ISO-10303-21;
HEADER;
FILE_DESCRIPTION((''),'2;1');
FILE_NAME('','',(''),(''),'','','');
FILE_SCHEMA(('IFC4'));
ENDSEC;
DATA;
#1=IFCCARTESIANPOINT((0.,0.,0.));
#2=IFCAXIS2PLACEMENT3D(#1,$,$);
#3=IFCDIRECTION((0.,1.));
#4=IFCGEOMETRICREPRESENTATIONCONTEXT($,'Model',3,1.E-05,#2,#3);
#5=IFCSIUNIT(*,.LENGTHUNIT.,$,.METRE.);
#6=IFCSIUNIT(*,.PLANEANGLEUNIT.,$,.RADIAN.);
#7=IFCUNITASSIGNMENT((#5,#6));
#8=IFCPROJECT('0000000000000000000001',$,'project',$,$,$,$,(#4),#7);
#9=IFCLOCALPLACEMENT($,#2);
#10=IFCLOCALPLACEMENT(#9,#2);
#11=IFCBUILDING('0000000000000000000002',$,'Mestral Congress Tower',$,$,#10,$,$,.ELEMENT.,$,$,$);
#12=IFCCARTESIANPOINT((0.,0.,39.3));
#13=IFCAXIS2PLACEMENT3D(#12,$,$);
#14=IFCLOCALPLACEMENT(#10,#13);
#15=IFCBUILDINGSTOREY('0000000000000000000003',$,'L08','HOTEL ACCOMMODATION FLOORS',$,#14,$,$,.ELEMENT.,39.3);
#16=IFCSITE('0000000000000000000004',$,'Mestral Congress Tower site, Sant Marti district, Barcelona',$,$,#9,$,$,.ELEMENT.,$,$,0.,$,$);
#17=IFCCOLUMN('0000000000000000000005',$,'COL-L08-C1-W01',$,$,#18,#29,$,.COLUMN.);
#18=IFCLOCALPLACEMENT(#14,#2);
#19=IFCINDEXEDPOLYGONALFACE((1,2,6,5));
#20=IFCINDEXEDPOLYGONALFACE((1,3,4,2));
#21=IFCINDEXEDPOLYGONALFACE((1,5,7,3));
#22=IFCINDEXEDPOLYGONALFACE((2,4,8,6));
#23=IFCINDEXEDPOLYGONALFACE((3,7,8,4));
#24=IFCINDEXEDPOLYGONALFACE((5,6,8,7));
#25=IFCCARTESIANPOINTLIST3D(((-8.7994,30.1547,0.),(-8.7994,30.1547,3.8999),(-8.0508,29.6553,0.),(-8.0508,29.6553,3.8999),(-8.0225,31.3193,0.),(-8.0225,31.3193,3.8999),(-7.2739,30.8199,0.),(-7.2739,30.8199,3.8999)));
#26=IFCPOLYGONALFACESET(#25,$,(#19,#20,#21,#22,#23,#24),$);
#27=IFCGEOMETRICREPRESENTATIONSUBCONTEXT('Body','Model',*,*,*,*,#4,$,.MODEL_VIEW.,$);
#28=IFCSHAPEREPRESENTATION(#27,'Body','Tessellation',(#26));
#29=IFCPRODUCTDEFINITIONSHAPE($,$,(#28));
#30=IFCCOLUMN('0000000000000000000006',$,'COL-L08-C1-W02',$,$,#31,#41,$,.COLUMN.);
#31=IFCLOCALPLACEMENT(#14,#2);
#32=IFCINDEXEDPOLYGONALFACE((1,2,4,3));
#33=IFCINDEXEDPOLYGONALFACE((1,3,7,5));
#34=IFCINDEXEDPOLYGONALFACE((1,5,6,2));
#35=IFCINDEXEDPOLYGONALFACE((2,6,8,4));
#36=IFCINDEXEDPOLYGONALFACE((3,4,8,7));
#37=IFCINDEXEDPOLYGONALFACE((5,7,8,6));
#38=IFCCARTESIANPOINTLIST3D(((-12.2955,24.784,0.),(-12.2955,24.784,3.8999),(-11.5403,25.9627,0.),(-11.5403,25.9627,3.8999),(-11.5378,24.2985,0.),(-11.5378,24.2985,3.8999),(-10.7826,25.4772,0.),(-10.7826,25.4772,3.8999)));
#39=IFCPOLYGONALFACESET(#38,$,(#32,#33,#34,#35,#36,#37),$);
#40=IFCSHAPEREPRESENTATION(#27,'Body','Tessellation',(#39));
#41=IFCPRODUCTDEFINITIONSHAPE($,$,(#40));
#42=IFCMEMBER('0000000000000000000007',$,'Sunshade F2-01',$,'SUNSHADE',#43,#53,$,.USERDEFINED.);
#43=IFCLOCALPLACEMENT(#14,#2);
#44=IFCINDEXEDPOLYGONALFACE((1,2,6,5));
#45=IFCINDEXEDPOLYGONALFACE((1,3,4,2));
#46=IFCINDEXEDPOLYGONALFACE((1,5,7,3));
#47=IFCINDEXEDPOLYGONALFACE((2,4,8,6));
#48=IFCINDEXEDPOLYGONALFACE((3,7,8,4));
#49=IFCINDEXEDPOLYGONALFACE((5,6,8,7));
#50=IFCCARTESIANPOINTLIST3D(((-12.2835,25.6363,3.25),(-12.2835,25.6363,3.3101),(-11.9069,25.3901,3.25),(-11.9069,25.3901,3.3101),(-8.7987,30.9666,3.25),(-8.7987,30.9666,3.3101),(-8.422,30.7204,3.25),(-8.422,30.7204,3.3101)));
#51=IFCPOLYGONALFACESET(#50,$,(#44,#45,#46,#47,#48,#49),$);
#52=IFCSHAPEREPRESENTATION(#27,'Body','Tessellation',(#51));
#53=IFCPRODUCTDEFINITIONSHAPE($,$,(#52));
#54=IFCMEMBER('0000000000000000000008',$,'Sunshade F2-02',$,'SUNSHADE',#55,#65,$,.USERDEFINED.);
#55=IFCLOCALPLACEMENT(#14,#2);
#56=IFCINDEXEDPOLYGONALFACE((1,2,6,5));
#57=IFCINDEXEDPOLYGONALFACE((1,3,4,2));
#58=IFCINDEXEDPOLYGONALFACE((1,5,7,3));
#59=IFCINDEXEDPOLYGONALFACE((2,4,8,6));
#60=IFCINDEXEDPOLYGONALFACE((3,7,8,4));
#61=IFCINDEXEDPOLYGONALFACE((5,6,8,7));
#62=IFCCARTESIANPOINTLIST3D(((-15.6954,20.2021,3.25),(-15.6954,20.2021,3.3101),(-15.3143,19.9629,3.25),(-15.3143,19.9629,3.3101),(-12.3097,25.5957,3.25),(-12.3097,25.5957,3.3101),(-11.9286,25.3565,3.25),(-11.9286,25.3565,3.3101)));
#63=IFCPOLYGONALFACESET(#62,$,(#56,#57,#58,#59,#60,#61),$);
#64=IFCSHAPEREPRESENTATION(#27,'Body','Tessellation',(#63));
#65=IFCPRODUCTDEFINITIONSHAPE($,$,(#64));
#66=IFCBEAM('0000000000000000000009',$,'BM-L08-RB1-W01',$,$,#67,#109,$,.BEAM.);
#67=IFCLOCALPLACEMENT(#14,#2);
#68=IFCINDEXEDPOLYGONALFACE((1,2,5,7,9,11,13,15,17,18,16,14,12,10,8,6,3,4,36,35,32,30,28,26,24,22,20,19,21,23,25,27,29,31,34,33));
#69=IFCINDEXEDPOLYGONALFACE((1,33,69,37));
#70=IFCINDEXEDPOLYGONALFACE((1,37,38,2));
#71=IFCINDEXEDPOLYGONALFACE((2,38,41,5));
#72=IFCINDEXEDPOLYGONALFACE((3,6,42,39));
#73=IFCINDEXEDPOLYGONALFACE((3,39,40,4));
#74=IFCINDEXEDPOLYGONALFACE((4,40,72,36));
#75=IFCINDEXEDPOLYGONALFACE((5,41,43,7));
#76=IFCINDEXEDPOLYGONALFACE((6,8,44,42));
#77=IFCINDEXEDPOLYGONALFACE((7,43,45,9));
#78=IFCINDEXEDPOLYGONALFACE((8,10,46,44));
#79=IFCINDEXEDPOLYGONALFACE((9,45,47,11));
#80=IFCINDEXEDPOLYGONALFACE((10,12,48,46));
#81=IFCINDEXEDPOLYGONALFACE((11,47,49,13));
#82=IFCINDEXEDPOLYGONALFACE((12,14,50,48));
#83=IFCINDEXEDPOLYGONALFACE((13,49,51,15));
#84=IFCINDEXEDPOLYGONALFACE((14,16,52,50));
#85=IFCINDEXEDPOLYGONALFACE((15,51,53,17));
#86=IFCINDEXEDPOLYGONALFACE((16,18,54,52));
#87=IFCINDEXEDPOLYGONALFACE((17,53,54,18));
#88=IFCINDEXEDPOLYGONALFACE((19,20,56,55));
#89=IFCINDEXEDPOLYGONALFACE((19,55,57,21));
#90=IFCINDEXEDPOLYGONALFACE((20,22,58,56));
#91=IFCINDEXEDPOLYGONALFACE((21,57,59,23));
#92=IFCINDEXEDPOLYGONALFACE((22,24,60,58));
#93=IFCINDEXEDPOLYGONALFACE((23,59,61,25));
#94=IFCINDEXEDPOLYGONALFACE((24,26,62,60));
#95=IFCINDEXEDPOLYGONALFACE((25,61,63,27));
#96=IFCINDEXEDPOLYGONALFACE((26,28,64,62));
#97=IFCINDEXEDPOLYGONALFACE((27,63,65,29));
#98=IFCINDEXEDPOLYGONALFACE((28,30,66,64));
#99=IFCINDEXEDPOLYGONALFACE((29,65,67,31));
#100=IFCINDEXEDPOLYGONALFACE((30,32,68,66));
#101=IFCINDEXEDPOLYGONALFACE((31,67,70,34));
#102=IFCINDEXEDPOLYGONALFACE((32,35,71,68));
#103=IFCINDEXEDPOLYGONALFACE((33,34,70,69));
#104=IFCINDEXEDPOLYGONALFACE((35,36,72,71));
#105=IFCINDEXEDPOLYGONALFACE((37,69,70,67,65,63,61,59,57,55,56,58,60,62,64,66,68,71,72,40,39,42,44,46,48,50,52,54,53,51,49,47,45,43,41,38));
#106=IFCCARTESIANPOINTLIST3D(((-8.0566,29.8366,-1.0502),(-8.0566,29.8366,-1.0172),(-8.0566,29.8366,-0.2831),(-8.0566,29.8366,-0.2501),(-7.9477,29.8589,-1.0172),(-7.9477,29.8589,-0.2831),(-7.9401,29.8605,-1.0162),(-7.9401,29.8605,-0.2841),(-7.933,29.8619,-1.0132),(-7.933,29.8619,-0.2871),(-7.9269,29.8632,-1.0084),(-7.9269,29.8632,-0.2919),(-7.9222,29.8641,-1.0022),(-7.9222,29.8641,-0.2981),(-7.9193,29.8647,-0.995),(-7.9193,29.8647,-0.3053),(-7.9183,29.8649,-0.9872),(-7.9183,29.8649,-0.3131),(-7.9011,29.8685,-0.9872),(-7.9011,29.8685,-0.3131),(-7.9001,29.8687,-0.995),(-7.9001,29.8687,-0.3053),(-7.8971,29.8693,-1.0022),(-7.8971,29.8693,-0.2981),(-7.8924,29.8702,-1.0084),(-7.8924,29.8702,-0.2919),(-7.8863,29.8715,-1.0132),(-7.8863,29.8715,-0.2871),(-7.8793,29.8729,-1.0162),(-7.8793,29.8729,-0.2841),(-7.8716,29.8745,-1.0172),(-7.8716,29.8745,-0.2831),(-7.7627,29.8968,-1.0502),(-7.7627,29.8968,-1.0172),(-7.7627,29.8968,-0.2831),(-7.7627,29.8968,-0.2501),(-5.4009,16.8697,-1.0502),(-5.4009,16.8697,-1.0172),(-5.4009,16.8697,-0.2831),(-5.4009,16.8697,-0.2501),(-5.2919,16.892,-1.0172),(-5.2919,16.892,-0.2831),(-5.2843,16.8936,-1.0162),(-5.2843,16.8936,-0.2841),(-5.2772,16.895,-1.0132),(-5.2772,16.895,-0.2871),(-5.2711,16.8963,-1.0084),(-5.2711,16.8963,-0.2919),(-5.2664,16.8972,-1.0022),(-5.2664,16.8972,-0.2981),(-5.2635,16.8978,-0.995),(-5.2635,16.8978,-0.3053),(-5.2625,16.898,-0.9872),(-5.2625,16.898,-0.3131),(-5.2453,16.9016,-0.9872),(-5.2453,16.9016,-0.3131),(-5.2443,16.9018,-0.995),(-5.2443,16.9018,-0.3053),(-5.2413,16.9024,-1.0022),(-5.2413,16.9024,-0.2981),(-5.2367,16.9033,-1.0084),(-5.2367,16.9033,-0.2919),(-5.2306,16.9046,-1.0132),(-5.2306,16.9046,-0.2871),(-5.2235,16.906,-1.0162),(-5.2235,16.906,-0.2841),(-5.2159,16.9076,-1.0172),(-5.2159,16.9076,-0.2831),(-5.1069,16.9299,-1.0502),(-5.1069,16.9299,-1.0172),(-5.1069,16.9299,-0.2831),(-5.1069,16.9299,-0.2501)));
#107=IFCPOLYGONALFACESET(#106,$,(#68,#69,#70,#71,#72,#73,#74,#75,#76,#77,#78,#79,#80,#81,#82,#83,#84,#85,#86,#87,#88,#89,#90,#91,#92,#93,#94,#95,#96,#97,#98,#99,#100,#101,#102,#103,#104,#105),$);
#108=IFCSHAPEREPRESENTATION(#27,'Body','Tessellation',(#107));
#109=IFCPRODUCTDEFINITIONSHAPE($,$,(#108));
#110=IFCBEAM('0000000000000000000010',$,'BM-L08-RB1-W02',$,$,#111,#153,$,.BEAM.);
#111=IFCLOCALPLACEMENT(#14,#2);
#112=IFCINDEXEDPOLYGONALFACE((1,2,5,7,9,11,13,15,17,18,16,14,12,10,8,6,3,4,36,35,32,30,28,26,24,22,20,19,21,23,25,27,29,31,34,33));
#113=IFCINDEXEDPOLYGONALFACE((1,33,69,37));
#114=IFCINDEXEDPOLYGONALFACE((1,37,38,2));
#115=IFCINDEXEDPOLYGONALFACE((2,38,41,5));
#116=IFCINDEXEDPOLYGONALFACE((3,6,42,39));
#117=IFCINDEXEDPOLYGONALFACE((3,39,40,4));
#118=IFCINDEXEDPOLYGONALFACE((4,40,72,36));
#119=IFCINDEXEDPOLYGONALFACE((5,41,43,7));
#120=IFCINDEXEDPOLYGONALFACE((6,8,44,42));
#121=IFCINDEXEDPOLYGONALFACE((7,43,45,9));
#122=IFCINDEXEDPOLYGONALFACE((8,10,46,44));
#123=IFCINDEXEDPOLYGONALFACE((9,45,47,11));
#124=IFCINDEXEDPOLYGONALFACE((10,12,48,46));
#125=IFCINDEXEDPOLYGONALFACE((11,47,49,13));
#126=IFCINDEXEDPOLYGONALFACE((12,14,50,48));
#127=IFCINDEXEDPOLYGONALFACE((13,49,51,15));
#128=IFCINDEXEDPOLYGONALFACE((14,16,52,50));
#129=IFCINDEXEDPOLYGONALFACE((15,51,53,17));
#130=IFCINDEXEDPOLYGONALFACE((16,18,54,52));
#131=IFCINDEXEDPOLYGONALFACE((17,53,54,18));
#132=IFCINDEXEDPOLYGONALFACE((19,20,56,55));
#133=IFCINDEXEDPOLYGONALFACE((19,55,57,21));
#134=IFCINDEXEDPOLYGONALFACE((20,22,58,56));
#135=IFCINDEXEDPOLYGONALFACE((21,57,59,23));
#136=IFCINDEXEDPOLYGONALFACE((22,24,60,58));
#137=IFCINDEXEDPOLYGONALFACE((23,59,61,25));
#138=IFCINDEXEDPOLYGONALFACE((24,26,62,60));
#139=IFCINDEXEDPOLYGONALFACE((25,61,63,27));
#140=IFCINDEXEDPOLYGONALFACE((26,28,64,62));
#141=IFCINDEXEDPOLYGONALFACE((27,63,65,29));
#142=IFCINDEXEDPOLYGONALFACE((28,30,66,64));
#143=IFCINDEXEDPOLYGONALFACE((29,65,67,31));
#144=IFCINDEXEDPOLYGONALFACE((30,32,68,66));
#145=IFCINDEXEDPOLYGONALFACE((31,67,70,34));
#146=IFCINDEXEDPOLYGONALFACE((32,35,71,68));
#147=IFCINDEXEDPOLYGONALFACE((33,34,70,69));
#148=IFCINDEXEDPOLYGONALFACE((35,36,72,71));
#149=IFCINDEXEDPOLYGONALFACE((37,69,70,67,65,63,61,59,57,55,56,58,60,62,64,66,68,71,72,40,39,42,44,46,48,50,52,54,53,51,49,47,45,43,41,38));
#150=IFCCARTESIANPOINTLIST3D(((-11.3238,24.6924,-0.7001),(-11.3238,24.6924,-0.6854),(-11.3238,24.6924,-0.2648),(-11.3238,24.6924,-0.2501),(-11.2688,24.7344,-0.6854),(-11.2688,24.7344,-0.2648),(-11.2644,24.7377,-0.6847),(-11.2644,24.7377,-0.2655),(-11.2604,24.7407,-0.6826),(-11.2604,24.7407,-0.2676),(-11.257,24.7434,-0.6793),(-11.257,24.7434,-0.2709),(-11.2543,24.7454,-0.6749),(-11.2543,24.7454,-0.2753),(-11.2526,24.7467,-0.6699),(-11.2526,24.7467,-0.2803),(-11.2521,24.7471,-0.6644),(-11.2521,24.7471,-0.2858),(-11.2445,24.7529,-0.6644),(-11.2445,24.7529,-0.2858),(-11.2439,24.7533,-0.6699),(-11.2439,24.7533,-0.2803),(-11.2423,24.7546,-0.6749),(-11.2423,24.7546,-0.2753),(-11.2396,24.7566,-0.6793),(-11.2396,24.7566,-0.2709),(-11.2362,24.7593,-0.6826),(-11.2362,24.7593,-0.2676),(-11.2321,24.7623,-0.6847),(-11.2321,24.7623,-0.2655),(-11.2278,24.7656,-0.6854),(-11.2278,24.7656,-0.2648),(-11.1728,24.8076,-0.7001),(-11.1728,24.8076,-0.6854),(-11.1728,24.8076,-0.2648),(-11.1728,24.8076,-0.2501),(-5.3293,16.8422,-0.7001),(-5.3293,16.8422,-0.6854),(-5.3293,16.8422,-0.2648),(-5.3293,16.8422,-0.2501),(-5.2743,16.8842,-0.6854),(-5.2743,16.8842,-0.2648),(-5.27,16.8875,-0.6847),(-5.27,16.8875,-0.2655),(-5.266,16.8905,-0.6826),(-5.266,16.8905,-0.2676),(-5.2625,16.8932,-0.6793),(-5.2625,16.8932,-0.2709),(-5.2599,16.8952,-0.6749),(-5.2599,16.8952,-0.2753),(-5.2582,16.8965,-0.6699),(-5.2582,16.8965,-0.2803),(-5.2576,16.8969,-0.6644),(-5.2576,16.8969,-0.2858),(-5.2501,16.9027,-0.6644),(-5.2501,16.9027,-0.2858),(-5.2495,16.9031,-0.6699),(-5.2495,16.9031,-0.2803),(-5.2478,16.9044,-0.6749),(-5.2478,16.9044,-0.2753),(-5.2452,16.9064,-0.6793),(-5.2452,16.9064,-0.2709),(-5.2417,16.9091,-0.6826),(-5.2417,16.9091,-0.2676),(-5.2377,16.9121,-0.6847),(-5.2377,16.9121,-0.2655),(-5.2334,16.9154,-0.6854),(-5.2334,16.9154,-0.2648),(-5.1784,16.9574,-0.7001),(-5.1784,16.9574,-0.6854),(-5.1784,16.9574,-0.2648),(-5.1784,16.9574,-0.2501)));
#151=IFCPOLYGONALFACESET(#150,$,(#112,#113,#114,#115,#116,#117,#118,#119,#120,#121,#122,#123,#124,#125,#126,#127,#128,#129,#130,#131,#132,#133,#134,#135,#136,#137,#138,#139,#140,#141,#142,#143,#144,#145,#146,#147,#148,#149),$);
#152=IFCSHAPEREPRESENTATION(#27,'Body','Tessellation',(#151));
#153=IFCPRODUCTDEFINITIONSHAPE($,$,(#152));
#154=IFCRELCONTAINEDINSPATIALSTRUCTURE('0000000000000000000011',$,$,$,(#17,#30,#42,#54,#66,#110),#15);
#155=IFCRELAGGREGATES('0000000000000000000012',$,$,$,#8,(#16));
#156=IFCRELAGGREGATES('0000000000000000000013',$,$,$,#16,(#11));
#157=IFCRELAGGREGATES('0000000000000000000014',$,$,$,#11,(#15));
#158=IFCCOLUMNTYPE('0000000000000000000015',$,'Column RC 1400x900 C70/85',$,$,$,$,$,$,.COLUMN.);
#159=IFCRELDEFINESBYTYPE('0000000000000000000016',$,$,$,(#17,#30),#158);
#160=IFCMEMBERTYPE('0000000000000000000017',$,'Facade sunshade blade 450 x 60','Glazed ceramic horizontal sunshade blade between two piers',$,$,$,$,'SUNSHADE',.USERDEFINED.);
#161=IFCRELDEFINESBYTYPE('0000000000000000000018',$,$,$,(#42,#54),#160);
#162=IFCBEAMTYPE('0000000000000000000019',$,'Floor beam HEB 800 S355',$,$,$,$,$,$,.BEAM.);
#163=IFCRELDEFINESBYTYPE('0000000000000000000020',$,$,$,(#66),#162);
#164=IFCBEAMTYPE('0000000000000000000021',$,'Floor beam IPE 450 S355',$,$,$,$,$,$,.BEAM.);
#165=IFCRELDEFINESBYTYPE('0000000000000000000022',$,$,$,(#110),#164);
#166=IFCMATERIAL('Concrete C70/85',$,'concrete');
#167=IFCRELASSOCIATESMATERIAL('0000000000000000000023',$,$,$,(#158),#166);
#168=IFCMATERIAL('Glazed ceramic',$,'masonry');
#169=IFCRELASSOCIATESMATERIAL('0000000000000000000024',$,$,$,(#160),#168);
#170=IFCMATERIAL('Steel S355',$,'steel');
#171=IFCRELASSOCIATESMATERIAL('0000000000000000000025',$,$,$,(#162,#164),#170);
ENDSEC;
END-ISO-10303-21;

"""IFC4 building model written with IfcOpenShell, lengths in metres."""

from ifc_helpers import new_model, si_unit, direction, frame, origin, origin_2d, place, context, subcontext, project, spatial, rectangle, i_section, extrude, material, material_profile, profile_set, type_object, element, save


model = new_model("IFC4")

# Units and contexts
model_context = context("Model", 3, precision=1e-05, world=origin(), true_north=direction((0.0, 1.0)))
body_context = subcontext(model_context, "Body", "Model", "MODEL_VIEW")
ifc_project = project(units=[si_unit("LENGTHUNIT", "METRE"), si_unit("PLANEANGLEUNIT", "RADIAN")], contexts=[model_context])

# Site, building, storey
site_placement = place(None, origin())
site = spatial("IfcSite", under=ifc_project, at=site_placement, Name="Mestral Congress Tower site, Sant Marti district, Barcelona", CompositionType="ELEMENT", RefElevation=0.0)
building_placement = place(site_placement, origin())
building = spatial("IfcBuilding", under=site, at=building_placement, Name="Mestral Congress Tower", CompositionType="ELEMENT")
storey_placement = place(building_placement, frame((0.0, 0.0, 39.3)))
storey = spatial("IfcBuildingStorey", under=building, at=storey_placement, Name="L08", Description="HOTEL ACCOMMODATION FLOORS", CompositionType="ELEMENT", Elevation=39.3)

# Columns
ifc_material_1 = material(Name="Concrete C70/85", Category="concrete")
ifc_material_profile_1 = material_profile(ifc_material_1, rectangle(XDim=1.3999, YDim=0.8999, at=origin_2d()), Name="RC 1400x900")
ifc_profile_set_1 = profile_set([ifc_material_profile_1], Name="Concrete C70/85")
column_type = type_object("IfcColumnType", Name="Column RC 1400x900 C70/85", PredefinedType="COLUMN", material=ifc_profile_set_1)
for number, where, z_axis, x_axis, name in (
    (1, (-8.0366, 30.4873, 0.0), (0.0, 0.0, 1.0), (-0.554949, -0.831884, 0.0), "COL-L08-C1-W01"),
    (2, (-11.5391, 25.1306, 0.0), (0.0, 0.0, 1.0), (-0.539476, -0.842001, 0.0), "COL-L08-C1-W02"),
):
    element("IfcColumn", number, at=place(storey_placement, frame(where, z_axis=z_axis, x_axis=x_axis)), inside=storey, type_object=column_type, Name=name, PredefinedType="COLUMN", context=body_context, shape_type="SweptSolid", body=[
        extrude(rectangle(XDim=1.3999, YDim=0.8999, at=origin_2d()), origin(), (0.0, 0.0, 1.0), 3.8999),
    ])

# Members
ifc_material_2 = material(Name="Glazed ceramic", Category="masonry")
ifc_material_profile_2 = material_profile(ifc_material_2, rectangle(XDim=0.45, YDim=0.0601, at=origin_2d()), Name="Ceramic blade 450 x 60")
ifc_profile_set_2 = profile_set([ifc_material_profile_2], Name="Glazed ceramic")
member_type = type_object("IfcMemberType", Name="Facade sunshade blade 450 x 60", Description="Glazed ceramic horizontal sunshade blade between two piers", ElementType="SUNSHADE", PredefinedType="USERDEFINED", material=ifc_profile_set_2)
member_1_placement = place(storey_placement, frame((-8.6104, 30.8435, 3.28), z_axis=(-0.547211, -0.836995, 0.0), x_axis=(0.836995, -0.547211, 0.0)))
element("IfcMember", 3, at=member_1_placement, inside=storey, type_object=member_type, Name="Sunshade F2-01", ObjectType="SUNSHADE", PredefinedType="USERDEFINED", context=body_context, shape_type="SweptSolid", body=[
    extrude(rectangle(XDim=0.45, YDim=0.0601, at=origin_2d()), origin(), (0.0, 0.0, 1.0), 6.3684),
])
member_2_placement = place(storey_placement, frame((-12.1191, 25.4761, 3.28), z_axis=(-0.531666, -0.846954, 0.0), x_axis=(0.846954, -0.531666, 0.0)))
element("IfcMember", 4, at=member_2_placement, inside=storey, type_object=member_type, Name="Sunshade F2-02", ObjectType="SUNSHADE", PredefinedType="USERDEFINED", context=body_context, shape_type="SweptSolid", body=[
    extrude(rectangle(XDim=0.45, YDim=0.0601, at=origin_2d()), origin(), (0.0, 0.0, 1.0), 6.3682),
])

# Beams
ifc_material_3 = material(Name="Steel S355", Category="steel")
ifc_material_profile_3 = material_profile(ifc_material_3, i_section(OverallWidth=0.3, OverallDepth=0.8, WebThickness=0.0176, FlangeThickness=0.033, FilletRadius=0.03, at=origin_2d()), Name="HEB 800")
ifc_profile_set_3 = profile_set([ifc_material_profile_3], Name="Steel S355")
beam_type_1 = type_object("IfcBeamType", Name="Floor beam HEB 800 S355", PredefinedType="BEAM", material=ifc_profile_set_3)
beam_1_placement = place(storey_placement, frame((-7.9097, 29.8667, -0.6501), z_axis=(0.200647, -0.979664, 0.0), x_axis=(0.979664, 0.200647, 0.0)))
element("IfcBeam", 5, at=beam_1_placement, inside=storey, type_object=beam_type_1, Name="BM-L08-RB1-W01", PredefinedType="BEAM", context=body_context, shape_type="SweptSolid", body=[
    extrude(i_section(OverallWidth=0.3, OverallDepth=0.8, WebThickness=0.0176, FlangeThickness=0.033, FilletRadius=0.03, at=origin_2d()), origin(), (0.0, 0.0, 1.0), 13.2361),
])
ifc_material_profile_4 = material_profile(ifc_material_3, i_section(OverallWidth=0.1899, OverallDepth=0.45, WebThickness=0.0095, FlangeThickness=0.0146, FilletRadius=0.021, at=origin_2d()), Name="IPE 450")
ifc_profile_set_4 = profile_set([ifc_material_profile_4], Name="Steel S355")
beam_type_2 = type_object("IfcBeamType", Name="Floor beam IPE 450 S355", PredefinedType="BEAM", material=ifc_profile_set_4)
beam_2_placement = place(storey_placement, frame((-11.2483, 24.75, -0.4751), z_axis=(0.606899, -0.794779, 0.0), x_axis=(0.794779, 0.606899, 0.0)))
element("IfcBeam", 6, at=beam_2_placement, inside=storey, type_object=beam_type_2, Name="BM-L08-RB1-W02", PredefinedType="BEAM", context=body_context, shape_type="SweptSolid", body=[
    extrude(i_section(OverallWidth=0.1899, OverallDepth=0.45, WebThickness=0.0095, FlangeThickness=0.0146, FilletRadius=0.021, at=origin_2d()), origin(), (0.0, 0.0, 1.0), 9.8772),
])

save(model, "model.ifc")
